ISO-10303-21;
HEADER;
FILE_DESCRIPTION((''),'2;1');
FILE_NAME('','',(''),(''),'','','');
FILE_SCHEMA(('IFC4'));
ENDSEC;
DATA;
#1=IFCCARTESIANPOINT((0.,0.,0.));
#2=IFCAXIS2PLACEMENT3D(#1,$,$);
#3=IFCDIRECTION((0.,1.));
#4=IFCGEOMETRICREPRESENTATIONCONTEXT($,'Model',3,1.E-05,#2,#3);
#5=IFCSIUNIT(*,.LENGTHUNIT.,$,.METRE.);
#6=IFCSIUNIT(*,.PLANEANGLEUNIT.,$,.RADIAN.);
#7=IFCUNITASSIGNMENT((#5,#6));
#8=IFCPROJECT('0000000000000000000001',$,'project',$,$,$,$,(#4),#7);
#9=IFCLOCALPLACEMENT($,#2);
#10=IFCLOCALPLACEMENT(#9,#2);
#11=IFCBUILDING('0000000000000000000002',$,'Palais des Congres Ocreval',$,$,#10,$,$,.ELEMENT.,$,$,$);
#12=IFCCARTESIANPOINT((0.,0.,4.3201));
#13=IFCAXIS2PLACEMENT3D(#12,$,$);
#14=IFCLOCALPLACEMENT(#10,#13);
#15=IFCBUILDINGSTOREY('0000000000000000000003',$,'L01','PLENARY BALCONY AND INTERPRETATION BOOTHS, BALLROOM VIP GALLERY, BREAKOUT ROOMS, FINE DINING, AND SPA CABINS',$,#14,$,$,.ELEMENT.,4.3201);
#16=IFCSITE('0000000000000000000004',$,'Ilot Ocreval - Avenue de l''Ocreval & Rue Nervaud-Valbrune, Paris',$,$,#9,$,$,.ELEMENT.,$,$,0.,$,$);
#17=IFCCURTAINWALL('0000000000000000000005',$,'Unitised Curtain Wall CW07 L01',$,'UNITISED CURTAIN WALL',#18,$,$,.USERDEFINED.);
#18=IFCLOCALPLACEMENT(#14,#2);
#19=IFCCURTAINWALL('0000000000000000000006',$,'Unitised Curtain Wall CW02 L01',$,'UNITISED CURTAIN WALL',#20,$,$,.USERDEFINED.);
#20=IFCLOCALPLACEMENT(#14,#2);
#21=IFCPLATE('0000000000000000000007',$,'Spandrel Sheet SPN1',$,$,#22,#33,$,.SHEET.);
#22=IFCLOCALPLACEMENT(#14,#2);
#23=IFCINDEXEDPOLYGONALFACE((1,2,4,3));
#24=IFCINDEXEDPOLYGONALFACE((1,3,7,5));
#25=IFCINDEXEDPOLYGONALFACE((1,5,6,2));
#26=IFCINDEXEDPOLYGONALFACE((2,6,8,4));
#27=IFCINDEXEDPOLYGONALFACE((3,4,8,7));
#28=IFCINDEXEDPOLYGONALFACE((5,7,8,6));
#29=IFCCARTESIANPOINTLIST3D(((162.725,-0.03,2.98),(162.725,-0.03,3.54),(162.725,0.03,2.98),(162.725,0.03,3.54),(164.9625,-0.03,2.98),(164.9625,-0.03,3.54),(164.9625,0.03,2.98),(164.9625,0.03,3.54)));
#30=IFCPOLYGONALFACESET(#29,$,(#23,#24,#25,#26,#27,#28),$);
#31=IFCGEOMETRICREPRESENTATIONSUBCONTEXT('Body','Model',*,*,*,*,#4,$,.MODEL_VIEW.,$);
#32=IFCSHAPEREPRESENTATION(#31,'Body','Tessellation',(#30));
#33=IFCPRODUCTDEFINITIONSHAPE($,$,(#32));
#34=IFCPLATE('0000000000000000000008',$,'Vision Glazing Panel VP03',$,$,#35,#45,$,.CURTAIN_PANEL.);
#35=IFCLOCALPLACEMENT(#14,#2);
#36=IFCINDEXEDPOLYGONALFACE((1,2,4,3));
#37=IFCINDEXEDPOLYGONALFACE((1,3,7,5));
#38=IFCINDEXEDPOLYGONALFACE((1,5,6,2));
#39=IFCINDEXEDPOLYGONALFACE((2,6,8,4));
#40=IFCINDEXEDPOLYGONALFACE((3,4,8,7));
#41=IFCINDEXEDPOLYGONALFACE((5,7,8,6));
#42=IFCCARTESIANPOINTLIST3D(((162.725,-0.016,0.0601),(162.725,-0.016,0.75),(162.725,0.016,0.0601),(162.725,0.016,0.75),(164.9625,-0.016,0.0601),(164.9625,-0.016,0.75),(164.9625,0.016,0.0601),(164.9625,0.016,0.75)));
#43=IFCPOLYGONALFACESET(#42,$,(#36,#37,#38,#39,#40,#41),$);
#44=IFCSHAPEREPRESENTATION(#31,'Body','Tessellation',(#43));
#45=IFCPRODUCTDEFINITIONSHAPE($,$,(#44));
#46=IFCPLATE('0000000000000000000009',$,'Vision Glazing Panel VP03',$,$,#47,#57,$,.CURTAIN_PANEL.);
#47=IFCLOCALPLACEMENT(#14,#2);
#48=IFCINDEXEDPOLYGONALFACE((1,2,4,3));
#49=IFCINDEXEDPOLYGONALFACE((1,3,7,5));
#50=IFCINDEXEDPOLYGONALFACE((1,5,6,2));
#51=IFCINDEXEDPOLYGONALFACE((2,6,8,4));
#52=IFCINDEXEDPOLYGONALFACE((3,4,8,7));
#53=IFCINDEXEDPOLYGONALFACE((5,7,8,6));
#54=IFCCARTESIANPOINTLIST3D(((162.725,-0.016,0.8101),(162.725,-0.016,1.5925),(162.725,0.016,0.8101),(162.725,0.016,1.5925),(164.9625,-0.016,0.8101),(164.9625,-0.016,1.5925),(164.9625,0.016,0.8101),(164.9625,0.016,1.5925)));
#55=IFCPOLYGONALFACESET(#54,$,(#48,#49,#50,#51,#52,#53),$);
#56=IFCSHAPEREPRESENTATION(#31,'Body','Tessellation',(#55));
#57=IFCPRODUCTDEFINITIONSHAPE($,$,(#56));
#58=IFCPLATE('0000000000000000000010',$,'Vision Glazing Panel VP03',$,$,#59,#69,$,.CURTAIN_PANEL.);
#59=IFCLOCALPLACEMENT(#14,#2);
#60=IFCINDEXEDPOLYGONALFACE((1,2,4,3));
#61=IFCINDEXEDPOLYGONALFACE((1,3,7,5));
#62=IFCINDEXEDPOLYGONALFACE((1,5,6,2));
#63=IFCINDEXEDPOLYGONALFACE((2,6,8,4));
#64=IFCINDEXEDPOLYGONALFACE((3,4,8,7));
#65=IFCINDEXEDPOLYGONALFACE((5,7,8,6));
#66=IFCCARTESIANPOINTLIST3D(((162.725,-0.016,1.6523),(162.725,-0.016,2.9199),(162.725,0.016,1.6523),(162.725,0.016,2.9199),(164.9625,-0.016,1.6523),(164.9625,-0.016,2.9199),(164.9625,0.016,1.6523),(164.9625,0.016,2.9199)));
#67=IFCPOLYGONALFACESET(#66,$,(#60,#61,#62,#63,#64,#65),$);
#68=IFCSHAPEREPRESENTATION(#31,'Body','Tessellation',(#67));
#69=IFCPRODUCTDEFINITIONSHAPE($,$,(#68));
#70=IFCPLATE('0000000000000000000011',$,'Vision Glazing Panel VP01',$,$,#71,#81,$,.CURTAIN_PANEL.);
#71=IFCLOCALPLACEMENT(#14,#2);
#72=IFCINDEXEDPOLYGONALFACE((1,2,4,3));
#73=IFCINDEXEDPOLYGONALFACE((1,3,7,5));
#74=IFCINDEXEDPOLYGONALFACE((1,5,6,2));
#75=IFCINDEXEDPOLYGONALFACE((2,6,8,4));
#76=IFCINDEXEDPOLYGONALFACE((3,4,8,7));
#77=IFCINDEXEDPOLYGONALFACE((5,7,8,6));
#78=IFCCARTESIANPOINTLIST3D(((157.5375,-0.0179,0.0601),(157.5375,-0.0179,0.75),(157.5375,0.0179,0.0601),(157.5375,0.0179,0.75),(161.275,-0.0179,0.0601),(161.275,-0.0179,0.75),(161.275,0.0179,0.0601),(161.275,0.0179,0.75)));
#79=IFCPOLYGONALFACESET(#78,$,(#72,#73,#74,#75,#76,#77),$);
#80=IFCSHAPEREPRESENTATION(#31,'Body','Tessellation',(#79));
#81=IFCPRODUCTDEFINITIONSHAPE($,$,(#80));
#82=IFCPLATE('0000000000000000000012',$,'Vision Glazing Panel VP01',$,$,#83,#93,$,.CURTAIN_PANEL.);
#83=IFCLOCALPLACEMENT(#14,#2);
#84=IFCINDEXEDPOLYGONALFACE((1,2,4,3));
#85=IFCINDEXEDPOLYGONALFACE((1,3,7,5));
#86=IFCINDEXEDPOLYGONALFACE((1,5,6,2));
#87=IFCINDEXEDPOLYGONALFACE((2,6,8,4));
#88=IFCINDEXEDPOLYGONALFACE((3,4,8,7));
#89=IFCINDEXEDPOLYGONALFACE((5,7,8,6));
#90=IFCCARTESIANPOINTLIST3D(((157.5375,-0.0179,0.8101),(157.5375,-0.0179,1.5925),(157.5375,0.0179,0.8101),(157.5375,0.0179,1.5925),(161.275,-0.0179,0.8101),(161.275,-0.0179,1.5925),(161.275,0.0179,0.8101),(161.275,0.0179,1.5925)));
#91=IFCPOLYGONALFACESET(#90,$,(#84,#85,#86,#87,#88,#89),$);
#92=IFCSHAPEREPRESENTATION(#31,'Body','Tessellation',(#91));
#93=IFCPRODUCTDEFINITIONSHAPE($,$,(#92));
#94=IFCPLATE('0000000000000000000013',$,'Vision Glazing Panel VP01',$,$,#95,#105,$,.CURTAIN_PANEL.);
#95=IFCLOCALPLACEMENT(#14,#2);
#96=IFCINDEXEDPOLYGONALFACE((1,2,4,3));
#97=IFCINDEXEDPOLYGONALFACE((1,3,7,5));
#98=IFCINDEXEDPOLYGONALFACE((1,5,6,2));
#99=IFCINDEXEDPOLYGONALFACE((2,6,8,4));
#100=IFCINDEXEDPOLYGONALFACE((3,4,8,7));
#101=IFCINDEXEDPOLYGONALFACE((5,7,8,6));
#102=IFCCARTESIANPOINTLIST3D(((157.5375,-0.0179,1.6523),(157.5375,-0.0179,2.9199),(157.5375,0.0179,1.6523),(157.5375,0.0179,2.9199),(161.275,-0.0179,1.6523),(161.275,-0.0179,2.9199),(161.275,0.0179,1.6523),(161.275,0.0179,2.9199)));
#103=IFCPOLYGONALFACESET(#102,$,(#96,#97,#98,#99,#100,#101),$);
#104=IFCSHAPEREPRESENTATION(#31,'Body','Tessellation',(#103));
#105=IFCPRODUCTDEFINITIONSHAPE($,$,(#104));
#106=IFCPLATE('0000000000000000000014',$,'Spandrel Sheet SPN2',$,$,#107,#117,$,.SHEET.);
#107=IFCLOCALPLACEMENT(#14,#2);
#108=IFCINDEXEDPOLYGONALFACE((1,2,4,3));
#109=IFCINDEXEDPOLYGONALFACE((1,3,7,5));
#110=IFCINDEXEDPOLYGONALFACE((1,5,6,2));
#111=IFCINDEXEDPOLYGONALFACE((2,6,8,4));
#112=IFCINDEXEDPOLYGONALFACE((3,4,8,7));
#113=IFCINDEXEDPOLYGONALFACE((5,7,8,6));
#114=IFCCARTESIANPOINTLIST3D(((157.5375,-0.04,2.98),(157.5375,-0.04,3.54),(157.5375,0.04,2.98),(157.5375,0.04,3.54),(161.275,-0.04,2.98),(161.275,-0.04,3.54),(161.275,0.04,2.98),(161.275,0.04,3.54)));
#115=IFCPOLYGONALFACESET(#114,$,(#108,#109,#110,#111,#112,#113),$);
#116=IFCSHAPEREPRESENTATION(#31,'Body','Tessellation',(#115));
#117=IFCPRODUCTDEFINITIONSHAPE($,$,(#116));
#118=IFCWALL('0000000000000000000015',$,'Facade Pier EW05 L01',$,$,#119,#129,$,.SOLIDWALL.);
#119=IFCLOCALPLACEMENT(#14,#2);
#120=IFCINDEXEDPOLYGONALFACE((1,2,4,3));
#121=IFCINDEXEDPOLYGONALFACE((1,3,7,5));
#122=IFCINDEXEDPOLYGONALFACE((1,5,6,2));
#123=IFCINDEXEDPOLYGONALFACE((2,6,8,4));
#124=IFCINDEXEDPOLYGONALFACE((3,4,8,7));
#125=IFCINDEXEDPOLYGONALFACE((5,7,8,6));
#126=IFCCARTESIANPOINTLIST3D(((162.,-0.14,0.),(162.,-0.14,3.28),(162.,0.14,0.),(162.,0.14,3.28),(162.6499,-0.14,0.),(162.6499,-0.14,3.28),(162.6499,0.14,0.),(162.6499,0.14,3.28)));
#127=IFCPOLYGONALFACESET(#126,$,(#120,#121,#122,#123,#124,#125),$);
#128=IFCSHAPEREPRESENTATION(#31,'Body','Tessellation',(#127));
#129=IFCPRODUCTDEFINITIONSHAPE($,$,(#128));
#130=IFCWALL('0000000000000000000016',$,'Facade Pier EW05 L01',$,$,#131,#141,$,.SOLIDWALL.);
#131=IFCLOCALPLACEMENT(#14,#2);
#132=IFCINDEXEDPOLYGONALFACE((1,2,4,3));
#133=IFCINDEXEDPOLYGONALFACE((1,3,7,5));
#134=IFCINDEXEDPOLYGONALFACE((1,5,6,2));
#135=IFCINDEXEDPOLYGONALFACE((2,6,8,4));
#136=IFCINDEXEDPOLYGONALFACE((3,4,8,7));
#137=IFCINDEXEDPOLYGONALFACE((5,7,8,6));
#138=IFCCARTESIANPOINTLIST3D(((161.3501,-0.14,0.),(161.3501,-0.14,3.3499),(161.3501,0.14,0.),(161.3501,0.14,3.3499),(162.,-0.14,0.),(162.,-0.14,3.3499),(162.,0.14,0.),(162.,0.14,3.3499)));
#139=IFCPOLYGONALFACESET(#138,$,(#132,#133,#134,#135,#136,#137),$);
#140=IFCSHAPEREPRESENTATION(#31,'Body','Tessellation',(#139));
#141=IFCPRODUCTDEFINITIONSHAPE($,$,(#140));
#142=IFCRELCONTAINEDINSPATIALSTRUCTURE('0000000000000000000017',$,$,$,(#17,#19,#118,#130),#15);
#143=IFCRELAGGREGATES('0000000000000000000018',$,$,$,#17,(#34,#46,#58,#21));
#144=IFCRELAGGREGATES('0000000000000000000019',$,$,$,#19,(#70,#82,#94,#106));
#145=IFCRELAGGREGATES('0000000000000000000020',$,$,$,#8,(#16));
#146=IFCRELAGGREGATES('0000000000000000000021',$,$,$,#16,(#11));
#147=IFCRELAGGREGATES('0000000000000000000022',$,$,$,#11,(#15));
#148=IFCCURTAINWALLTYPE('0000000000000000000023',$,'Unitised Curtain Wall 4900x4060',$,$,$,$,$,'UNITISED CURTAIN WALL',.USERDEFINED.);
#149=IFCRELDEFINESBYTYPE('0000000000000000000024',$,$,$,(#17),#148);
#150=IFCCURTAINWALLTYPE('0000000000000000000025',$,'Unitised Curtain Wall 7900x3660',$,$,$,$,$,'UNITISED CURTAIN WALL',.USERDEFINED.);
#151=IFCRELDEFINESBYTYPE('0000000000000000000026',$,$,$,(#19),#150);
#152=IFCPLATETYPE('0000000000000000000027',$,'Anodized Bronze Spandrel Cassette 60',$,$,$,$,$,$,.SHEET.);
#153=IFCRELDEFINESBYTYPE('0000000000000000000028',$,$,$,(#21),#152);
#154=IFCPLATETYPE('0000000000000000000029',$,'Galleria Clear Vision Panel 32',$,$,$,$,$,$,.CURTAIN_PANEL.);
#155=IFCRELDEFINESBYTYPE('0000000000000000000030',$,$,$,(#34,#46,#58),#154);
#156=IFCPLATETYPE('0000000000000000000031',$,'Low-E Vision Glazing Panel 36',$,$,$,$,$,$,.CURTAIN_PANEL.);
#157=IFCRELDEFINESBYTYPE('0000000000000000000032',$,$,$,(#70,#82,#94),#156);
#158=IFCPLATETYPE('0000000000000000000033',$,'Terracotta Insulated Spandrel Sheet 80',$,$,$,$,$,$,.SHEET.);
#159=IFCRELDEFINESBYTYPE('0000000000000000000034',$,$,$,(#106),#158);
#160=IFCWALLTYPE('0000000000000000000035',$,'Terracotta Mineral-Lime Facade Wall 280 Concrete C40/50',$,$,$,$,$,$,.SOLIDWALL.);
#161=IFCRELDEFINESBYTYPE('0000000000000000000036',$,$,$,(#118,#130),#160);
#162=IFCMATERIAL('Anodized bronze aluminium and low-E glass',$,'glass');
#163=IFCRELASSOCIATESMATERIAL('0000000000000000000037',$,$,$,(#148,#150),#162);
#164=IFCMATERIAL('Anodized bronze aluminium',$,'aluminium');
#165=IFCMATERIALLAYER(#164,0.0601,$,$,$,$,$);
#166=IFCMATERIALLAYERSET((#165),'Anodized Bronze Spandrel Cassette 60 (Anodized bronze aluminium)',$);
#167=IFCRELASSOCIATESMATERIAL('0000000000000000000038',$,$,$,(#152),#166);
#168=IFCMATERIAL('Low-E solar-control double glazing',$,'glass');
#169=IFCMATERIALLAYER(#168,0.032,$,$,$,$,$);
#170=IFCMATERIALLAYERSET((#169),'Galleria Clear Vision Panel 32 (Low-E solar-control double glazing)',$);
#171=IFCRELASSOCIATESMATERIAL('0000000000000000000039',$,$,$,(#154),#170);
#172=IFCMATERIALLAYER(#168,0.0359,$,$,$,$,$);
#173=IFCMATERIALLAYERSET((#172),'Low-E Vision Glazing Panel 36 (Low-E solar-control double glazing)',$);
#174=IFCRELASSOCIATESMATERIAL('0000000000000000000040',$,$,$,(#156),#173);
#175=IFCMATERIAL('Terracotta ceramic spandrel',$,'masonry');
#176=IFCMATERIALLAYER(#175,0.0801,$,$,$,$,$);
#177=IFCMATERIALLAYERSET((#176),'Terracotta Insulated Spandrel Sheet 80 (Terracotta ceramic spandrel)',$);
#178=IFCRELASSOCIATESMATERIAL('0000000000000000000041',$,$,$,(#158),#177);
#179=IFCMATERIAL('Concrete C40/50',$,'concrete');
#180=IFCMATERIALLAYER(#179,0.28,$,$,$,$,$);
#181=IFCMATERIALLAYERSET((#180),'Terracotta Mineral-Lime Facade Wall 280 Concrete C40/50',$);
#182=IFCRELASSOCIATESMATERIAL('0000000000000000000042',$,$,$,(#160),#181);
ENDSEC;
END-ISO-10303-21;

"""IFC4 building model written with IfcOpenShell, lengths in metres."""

from ifc_helpers import new_model, si_unit, direction, frame, frame_2d, origin, origin_2d, place, context, subcontext, project, spatial, rectangle, extrude, material, layer, layer_set, type_object, element, aggregate, save


model = new_model("IFC4")

# Units and contexts
model_context = context("Model", 3, precision=1e-05, world=origin(), true_north=direction((0.0, 1.0)))
body_context = subcontext(model_context, "Body", "Model", "MODEL_VIEW")
ifc_project = project(units=[si_unit("LENGTHUNIT", "METRE"), si_unit("PLANEANGLEUNIT", "RADIAN")], contexts=[model_context])

# Site, building, storey
site_placement = place(None, origin())
site = spatial("IfcSite", under=ifc_project, at=site_placement, Name="Ilot Ocreval - Avenue de l'Ocreval & Rue Nervaud-Valbrune, Paris", CompositionType="ELEMENT", RefElevation=0.0)
building_placement = place(site_placement, origin())
building = spatial("IfcBuilding", under=site, at=building_placement, Name="Palais des Congres Ocreval", CompositionType="ELEMENT")
storey_placement = place(building_placement, frame((0.0, 0.0, 4.3201)))
storey = spatial("IfcBuildingStorey", under=building, at=storey_placement, Name="L01", Description="PLENARY BALCONY AND INTERPRETATION BOOTHS, BALLROOM VIP GALLERY, BREAKOUT ROOMS, FINE DINING, AND SPA CABINS", CompositionType="ELEMENT", Elevation=4.3201)

# Curtain walls
ifc_material_1 = material(Name="Anodized bronze aluminium and low-E glass", Category="glass")
curtain_wall_type_1 = type_object("IfcCurtainWallType", Name="Unitised Curtain Wall 4900x4060", ElementType="UNITISED CURTAIN WALL", PredefinedType="USERDEFINED", material=ifc_material_1)
curtain_wall_1_placement = place(storey_placement, origin())
curtain_wall_1 = element("IfcCurtainWall", 1, at=curtain_wall_1_placement, inside=storey, type_object=curtain_wall_type_1, Name="Unitised Curtain Wall CW07 L01", ObjectType="UNITISED CURTAIN WALL", PredefinedType="USERDEFINED")
ifc_material_2 = material(Name="Anodized bronze aluminium", Category="aluminium")
curtain_wall_type_2 = type_object("IfcCurtainWallType", Name="Unitised Curtain Wall 7900x3660", ElementType="UNITISED CURTAIN WALL", PredefinedType="USERDEFINED", material=ifc_material_1)
curtain_wall_2_placement = place(storey_placement, origin())
curtain_wall_2 = element("IfcCurtainWall", 2, at=curtain_wall_2_placement, inside=storey, type_object=curtain_wall_type_2, Name="Unitised Curtain Wall CW02 L01", ObjectType="UNITISED CURTAIN WALL", PredefinedType="USERDEFINED")

# Plates
ifc_layer_1 = layer(ifc_material_2, 0.0601)
ifc_layer_set_1 = layer_set([ifc_layer_1], Name="Anodized Bronze Spandrel Cassette 60 (Anodized bronze aluminium)")
plate_type_1 = type_object("IfcPlateType", Name="Anodized Bronze Spandrel Cassette 60", PredefinedType="SHEET", material=ifc_layer_set_1)
plate_1_placement = place(storey_placement, frame((163.8438, 0.0, 2.98), z_axis=(0.0, 0.0, 1.0), x_axis=(-1.0, 0.0, 0.0)))
plate_1 = element("IfcPlate", 3, at=plate_1_placement, type_object=plate_type_1, Name="Spandrel Sheet SPN1", PredefinedType="SHEET", context=body_context, shape_type="SweptSolid", body=[
    extrude(rectangle(XDim=2.2375, YDim=0.0601, at=origin_2d()), origin(), (0.0, 0.0, 1.0), 0.5601),
])
ifc_material_3 = material(Name="Low-E solar-control double glazing", Category="glass")
ifc_layer_2 = layer(ifc_material_3, 0.032)
ifc_layer_set_2 = layer_set([ifc_layer_2], Name="Galleria Clear Vision Panel 32 (Low-E solar-control double glazing)")
plate_type_2 = type_object("IfcPlateType", Name="Galleria Clear Vision Panel 32", PredefinedType="CURTAIN_PANEL", material=ifc_layer_set_2)
plate_2_placement = place(storey_placement, frame((163.8438, 0.0, 0.0601), z_axis=(0.0, 0.0, 1.0), x_axis=(-1.0, 0.0, 0.0)))
plate_2 = element("IfcPlate", 4, at=plate_2_placement, type_object=plate_type_2, Name="Vision Glazing Panel VP03", PredefinedType="CURTAIN_PANEL", context=body_context, shape_type="SweptSolid", body=[
    extrude(rectangle(XDim=2.2375, YDim=0.032, at=origin_2d()), origin(), (0.0, 0.0, 1.0), 0.6899),
])
plate_3_placement = place(storey_placement, frame((163.8438, 0.0, 0.8101), z_axis=(0.0, 0.0, 1.0), x_axis=(-1.0, 0.0, 0.0)))
plate_3 = element("IfcPlate", 5, at=plate_3_placement, type_object=plate_type_2, Name="Vision Glazing Panel VP03", PredefinedType="CURTAIN_PANEL", context=body_context, shape_type="SweptSolid", body=[
    extrude(rectangle(XDim=2.2375, YDim=0.032, at=origin_2d()), origin(), (0.0, 0.0, 1.0), 0.7825),
])
plate_4_placement = place(storey_placement, frame((163.8438, 0.0, 1.6523), z_axis=(0.0, 0.0, 1.0), x_axis=(-1.0, 0.0, 0.0)))
plate_4 = element("IfcPlate", 6, at=plate_4_placement, type_object=plate_type_2, Name="Vision Glazing Panel VP03", PredefinedType="CURTAIN_PANEL", context=body_context, shape_type="SweptSolid", body=[
    extrude(rectangle(XDim=2.2375, YDim=0.032, at=origin_2d()), origin(), (0.0, 0.0, 1.0), 1.2676),
])
aggregate(curtain_wall_1, [plate_2, plate_3, plate_4, plate_1])
ifc_layer_3 = layer(ifc_material_3, 0.0359)
ifc_layer_set_3 = layer_set([ifc_layer_3], Name="Low-E Vision Glazing Panel 36 (Low-E solar-control double glazing)")
plate_type_3 = type_object("IfcPlateType", Name="Low-E Vision Glazing Panel 36", PredefinedType="CURTAIN_PANEL", material=ifc_layer_set_3)
plate_5_placement = place(storey_placement, frame((159.4062, 0.0, 0.0601), z_axis=(0.0, 0.0, 1.0), x_axis=(-1.0, 0.0, 0.0)))
plate_5 = element("IfcPlate", 7, at=plate_5_placement, type_object=plate_type_3, Name="Vision Glazing Panel VP01", PredefinedType="CURTAIN_PANEL", context=body_context, shape_type="SweptSolid", body=[
    extrude(rectangle(XDim=3.7375, YDim=0.0359, at=origin_2d()), origin(), (0.0, 0.0, 1.0), 0.6899),
])
plate_6_placement = place(storey_placement, frame((159.4062, 0.0, 0.8101), z_axis=(0.0, 0.0, 1.0), x_axis=(-1.0, 0.0, 0.0)))
plate_6 = element("IfcPlate", 8, at=plate_6_placement, type_object=plate_type_3, Name="Vision Glazing Panel VP01", PredefinedType="CURTAIN_PANEL", context=body_context, shape_type="SweptSolid", body=[
    extrude(rectangle(XDim=3.7375, YDim=0.0359, at=origin_2d()), origin(), (0.0, 0.0, 1.0), 0.7825),
])
plate_7_placement = place(storey_placement, frame((159.4062, 0.0, 1.6523), z_axis=(0.0, 0.0, 1.0), x_axis=(-1.0, 0.0, 0.0)))
plate_7 = element("IfcPlate", 9, at=plate_7_placement, type_object=plate_type_3, Name="Vision Glazing Panel VP01", PredefinedType="CURTAIN_PANEL", context=body_context, shape_type="SweptSolid", body=[
    extrude(rectangle(XDim=3.7375, YDim=0.0359, at=origin_2d()), origin(), (0.0, 0.0, 1.0), 1.2676),
])
ifc_material_4 = material(Name="Terracotta ceramic spandrel", Category="masonry")
ifc_layer_4 = layer(ifc_material_4, 0.0801)
ifc_layer_set_4 = layer_set([ifc_layer_4], Name="Terracotta Insulated Spandrel Sheet 80 (Terracotta ceramic spandrel)")
plate_type_4 = type_object("IfcPlateType", Name="Terracotta Insulated Spandrel Sheet 80", PredefinedType="SHEET", material=ifc_layer_set_4)
plate_8_placement = place(storey_placement, frame((159.4062, 0.0, 2.98), z_axis=(0.0, 0.0, 1.0), x_axis=(-1.0, 0.0, 0.0)))
plate_8 = element("IfcPlate", 10, at=plate_8_placement, type_object=plate_type_4, Name="Spandrel Sheet SPN2", PredefinedType="SHEET", context=body_context, shape_type="SweptSolid", body=[
    extrude(rectangle(XDim=3.7375, YDim=0.0801, at=origin_2d()), origin(), (0.0, 0.0, 1.0), 0.5601),
])
aggregate(curtain_wall_2, [plate_5, plate_6, plate_7, plate_8])

# Walls
ifc_material_5 = material(Name="Concrete C40/50", Category="concrete")
ifc_layer_5 = layer(ifc_material_5, 0.28)
ifc_layer_set_5 = layer_set([ifc_layer_5], Name="Terracotta Mineral-Lime Facade Wall 280 Concrete C40/50")
wall_type = type_object("IfcWallType", Name="Terracotta Mineral-Lime Facade Wall 280 Concrete C40/50", PredefinedType="SOLIDWALL", material=ifc_layer_set_5)
wall_1_placement = place(storey_placement, frame((162.6499, 0.0, 0.0), z_axis=(0.0, 0.0, 1.0), x_axis=(-1.0, 0.0, 0.0)))
element("IfcWall", 11, at=wall_1_placement, inside=storey, type_object=wall_type, Name="Facade Pier EW05 L01", PredefinedType="SOLIDWALL", context=body_context, shape_type="SweptSolid", body=[
    extrude(rectangle(XDim=0.6499, YDim=0.28, at=frame_2d((0.325, 0.0))), origin(), (0.0, 0.0, 1.0), 3.28),
])
wall_2_placement = place(storey_placement, frame((162.0, 0.0, 0.0), z_axis=(0.0, 0.0, 1.0), x_axis=(-1.0, 0.0, 0.0)))
element("IfcWall", 12, at=wall_2_placement, inside=storey, type_object=wall_type, Name="Facade Pier EW05 L01", PredefinedType="SOLIDWALL", context=body_context, shape_type="SweptSolid", body=[
    extrude(rectangle(XDim=0.6499, YDim=0.28, at=frame_2d((0.325, 0.0))), origin(), (0.0, 0.0, 1.0), 3.3499),
])

save(model, "model.ifc")
